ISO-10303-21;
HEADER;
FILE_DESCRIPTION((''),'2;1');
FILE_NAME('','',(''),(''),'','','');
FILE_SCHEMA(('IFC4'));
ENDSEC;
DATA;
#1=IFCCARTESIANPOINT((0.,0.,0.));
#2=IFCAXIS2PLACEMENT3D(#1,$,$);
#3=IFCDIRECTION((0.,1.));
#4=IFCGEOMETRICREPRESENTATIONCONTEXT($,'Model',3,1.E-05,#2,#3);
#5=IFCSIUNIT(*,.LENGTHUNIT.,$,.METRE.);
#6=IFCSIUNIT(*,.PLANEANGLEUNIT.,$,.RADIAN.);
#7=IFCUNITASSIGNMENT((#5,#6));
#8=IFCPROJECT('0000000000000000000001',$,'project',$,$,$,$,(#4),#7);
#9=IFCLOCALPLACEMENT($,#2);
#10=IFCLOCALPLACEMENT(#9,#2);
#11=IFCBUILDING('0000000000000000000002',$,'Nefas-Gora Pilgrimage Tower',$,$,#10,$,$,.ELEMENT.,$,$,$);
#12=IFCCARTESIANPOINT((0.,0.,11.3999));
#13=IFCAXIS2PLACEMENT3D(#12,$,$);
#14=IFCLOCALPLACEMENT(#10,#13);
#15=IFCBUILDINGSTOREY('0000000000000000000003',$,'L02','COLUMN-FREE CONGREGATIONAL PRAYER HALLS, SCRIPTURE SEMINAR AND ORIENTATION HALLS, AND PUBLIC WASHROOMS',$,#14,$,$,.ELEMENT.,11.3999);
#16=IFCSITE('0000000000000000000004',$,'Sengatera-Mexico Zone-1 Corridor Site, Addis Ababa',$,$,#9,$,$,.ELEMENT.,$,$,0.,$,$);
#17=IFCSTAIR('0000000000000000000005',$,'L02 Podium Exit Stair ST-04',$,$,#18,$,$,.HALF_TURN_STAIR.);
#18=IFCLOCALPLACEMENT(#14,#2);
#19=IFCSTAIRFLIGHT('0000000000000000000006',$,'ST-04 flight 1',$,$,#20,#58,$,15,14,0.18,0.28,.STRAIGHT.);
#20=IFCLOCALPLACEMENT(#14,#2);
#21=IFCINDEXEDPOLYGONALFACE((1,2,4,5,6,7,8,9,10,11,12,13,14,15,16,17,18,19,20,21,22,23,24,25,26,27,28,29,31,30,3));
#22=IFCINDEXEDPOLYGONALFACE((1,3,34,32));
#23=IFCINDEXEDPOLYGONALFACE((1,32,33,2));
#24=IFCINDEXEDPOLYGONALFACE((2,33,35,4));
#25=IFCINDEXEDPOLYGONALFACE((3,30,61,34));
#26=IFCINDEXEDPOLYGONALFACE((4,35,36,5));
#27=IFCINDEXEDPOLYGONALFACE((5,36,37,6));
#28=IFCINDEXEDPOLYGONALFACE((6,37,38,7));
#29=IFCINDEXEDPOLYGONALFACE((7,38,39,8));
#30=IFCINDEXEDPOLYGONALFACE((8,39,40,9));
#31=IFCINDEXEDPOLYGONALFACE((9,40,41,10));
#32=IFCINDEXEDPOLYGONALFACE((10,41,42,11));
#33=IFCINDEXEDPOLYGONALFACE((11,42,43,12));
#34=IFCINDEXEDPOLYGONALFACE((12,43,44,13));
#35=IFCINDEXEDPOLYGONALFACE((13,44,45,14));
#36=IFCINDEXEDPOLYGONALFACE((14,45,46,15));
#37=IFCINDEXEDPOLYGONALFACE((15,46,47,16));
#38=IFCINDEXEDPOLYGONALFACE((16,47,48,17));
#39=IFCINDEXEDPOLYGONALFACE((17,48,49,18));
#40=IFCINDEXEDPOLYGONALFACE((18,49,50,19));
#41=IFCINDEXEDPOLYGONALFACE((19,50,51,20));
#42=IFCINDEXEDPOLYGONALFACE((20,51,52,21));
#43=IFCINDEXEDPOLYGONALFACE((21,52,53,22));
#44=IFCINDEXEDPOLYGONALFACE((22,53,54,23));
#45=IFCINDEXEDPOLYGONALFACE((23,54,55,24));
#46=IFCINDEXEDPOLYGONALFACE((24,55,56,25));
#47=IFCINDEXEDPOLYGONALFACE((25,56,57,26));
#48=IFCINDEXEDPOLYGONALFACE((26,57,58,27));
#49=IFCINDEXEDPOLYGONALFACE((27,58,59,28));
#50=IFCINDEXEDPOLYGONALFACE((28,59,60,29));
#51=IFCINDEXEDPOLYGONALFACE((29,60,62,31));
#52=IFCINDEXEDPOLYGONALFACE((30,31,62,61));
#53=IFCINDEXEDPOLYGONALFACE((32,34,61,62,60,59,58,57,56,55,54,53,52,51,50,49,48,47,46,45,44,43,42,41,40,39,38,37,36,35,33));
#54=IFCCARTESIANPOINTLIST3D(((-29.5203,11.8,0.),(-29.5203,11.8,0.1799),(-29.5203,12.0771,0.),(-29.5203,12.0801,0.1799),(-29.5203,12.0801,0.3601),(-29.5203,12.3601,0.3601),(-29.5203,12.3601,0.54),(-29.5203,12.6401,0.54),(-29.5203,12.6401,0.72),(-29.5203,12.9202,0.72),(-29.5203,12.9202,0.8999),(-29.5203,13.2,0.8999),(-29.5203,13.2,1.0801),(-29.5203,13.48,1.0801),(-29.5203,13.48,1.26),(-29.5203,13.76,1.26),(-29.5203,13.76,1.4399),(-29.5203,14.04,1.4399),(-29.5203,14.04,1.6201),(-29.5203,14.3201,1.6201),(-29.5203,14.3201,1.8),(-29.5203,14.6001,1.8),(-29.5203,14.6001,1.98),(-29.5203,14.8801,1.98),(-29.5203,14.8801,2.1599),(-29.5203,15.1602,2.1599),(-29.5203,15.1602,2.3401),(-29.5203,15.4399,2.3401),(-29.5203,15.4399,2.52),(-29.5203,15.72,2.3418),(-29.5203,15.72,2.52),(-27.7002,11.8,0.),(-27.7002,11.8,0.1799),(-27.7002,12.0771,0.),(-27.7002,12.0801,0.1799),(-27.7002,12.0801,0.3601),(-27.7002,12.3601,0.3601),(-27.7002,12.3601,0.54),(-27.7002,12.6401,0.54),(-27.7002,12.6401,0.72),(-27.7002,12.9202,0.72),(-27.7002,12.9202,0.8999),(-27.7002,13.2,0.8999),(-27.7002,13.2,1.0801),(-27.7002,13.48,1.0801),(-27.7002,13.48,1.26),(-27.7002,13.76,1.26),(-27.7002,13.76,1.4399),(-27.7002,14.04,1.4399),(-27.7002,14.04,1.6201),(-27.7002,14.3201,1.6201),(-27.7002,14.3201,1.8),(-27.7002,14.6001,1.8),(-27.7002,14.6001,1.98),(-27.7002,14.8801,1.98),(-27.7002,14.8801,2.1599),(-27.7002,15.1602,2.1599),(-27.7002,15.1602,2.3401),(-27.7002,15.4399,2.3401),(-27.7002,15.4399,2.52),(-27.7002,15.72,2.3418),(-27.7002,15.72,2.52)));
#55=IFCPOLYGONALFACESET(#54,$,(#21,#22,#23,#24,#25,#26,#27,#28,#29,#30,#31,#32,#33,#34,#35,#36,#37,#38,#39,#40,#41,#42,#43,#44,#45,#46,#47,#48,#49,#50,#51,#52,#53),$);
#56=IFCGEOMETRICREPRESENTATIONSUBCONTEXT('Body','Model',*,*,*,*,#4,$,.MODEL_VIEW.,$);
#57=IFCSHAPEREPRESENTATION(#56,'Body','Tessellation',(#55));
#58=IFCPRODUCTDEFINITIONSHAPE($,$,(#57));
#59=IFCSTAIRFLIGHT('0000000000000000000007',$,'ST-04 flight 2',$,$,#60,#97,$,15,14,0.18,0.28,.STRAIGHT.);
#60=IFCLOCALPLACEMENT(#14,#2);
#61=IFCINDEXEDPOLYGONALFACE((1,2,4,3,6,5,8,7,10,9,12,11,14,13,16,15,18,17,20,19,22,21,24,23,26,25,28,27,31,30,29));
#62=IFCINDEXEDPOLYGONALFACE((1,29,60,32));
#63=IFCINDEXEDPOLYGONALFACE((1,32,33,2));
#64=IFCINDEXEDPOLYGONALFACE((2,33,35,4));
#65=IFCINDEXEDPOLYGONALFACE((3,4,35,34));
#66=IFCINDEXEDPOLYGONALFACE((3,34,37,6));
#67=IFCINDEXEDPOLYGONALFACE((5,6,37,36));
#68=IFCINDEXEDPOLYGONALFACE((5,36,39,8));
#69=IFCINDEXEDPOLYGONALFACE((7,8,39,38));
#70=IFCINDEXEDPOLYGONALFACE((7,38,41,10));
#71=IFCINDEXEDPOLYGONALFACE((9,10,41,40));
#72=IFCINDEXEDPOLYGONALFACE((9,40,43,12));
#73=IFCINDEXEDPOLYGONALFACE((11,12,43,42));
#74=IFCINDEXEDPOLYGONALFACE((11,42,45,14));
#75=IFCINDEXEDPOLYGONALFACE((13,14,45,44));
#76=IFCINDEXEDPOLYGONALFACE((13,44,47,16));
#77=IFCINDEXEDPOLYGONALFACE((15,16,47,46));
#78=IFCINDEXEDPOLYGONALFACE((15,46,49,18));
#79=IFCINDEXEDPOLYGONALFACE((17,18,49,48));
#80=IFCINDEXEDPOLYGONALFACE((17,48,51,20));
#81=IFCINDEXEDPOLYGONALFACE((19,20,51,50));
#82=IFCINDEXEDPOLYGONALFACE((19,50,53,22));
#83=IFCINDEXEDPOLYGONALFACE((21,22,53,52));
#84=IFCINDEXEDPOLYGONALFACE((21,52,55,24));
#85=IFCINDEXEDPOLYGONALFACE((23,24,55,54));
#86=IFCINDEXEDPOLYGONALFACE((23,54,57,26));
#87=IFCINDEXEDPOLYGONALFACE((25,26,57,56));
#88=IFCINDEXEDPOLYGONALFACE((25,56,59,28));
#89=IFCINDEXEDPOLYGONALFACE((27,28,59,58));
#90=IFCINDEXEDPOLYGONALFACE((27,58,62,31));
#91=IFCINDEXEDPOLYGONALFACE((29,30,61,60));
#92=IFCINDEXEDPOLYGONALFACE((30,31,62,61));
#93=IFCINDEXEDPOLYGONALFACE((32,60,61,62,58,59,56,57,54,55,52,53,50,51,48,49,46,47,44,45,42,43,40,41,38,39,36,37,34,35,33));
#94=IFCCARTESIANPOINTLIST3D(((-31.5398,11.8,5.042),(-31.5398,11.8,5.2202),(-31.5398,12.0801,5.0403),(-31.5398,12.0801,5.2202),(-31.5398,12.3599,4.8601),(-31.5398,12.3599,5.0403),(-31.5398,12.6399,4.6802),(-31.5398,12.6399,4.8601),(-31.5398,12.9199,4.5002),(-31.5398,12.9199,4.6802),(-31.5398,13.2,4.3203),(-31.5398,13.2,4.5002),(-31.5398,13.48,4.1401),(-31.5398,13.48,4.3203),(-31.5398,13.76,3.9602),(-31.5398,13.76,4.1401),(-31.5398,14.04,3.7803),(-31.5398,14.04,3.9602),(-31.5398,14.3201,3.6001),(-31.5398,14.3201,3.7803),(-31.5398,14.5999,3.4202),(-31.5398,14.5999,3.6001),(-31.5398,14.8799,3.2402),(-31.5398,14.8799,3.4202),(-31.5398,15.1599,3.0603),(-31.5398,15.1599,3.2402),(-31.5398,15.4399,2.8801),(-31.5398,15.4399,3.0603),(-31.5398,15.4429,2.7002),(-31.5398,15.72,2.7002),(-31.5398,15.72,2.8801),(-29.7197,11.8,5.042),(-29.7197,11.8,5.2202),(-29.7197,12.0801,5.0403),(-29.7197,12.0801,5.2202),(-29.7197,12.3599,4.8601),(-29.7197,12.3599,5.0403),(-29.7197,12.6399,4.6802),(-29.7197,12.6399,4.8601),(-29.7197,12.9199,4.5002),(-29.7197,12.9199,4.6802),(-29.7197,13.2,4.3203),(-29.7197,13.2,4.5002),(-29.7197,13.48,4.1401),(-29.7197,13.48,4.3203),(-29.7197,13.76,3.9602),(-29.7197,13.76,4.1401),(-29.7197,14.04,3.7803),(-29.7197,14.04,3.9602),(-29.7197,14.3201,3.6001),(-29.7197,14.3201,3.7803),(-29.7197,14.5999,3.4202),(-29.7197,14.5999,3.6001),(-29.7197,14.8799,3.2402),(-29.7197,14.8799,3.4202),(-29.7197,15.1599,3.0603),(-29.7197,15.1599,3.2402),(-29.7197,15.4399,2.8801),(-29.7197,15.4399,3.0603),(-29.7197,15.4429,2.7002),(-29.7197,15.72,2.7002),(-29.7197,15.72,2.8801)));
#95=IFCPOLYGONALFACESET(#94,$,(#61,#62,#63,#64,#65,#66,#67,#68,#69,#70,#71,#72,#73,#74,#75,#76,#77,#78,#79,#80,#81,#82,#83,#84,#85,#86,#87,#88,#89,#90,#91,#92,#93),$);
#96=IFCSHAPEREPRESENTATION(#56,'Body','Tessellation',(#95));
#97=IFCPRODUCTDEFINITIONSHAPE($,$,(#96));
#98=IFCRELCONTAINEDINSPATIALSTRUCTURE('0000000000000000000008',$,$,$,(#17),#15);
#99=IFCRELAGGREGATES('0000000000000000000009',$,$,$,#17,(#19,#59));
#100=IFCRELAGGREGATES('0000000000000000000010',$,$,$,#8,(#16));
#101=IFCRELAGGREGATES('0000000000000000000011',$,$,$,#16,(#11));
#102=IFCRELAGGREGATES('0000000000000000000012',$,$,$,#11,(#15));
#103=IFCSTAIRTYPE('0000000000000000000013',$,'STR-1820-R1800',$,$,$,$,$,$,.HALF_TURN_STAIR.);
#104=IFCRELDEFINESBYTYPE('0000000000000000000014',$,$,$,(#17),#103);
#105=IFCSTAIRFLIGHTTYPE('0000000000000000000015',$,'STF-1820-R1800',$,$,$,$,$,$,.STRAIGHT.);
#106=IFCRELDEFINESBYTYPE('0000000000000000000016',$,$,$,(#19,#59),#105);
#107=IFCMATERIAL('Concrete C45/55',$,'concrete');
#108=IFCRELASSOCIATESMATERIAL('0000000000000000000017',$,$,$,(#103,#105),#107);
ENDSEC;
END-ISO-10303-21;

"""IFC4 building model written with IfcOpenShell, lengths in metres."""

from ifc_helpers import new_model, si_unit, direction, frame, origin, place, context, subcontext, project, spatial, polyline, outline, extrude, source, transform, mapped, material, type_object, element, aggregate, save


model = new_model("IFC4")

# Units and contexts
model_context = context("Model", 3, precision=1e-05, world=origin(), true_north=direction((0.0, 1.0)))
body_context = subcontext(model_context, "Body", "Model", "MODEL_VIEW")
ifc_project = project(units=[si_unit("LENGTHUNIT", "METRE"), si_unit("PLANEANGLEUNIT", "RADIAN")], contexts=[model_context])

# Site, building, storey
site_placement = place(None, origin())
site = spatial("IfcSite", under=ifc_project, at=site_placement, Name="Sengatera-Mexico Zone-1 Corridor Site, Addis Ababa", CompositionType="ELEMENT", RefElevation=0.0)
building_placement = place(site_placement, origin())
building = spatial("IfcBuilding", under=site, at=building_placement, Name="Nefas-Gora Pilgrimage Tower", CompositionType="ELEMENT")
storey_placement = place(building_placement, frame((0.0, 0.0, 11.3999)))
storey = spatial("IfcBuildingStorey", under=building, at=storey_placement, Name="L02", Description="COLUMN-FREE CONGREGATIONAL PRAYER HALLS, SCRIPTURE SEMINAR AND ORIENTATION HALLS, AND PUBLIC WASHROOMS", CompositionType="ELEMENT", Elevation=11.3999)

# Shared definitions
ifc_material_1 = material(Name="Concrete C45/55", Category="concrete")

# Stair, stair flights
stair_type = type_object("IfcStairType", Name="STR-1820-R1800", PredefinedType="HALF_TURN_STAIR", material=ifc_material_1)
stair_placement = place(storey_placement, origin())
stair = element("IfcStair", 1, at=stair_placement, inside=storey, type_object=stair_type, Name="L02 Podium Exit Stair ST-04", PredefinedType="HALF_TURN_STAIR")
stair_flight_type = type_object("IfcStairFlightType", Name="STF-1820-R1800", PredefinedType="STRAIGHT", material=ifc_material_1)
shared_shape_1 = source(origin(), body_context, "Body", "SweptSolid", [
    extrude(outline(polyline([(0.0, 0.0), (0.0, 0.1799), (0.28, 0.1799), (0.28, 0.3601), (0.5601, 0.3601), (0.5601, 0.54), (0.8401, 0.54), (0.8401, 0.72), (1.1201, 0.72), (1.1201, 0.8999), (1.3999, 0.8999), (1.3999, 1.0801), (1.6799, 1.0801), (1.6799, 1.26), (1.96, 1.26), (1.96, 1.4399), (2.24, 1.4399), (2.24, 1.6201), (2.52, 1.6201), (2.52, 1.8), (2.8, 1.8), (2.8, 1.98), (3.0801, 1.98), (3.0801, 2.1599), (3.3601, 2.1599), (3.3601, 2.3401), (3.6399, 2.3401), (3.6399, 2.52), (3.9199, 2.52), (3.9199, 2.7), (3.9199, 2.3418), (0.2771, 0.0), (0.0, 0.0)])), frame((0.0, 0.9102, 0.0), z_axis=(0.0, -1.0, 0.0), x_axis=(1.0, 0.0, 0.0)), (0.0, 0.0, 1.0), 1.8201),
])
stair_flight_1_placement = place(storey_placement, frame((-28.6101, 11.8, 0.0), z_axis=(0.0, 0.0, 1.0), x_axis=(0.0, 1.0, 0.0)))
stair_flight_1 = element("IfcStairFlight", 2, at=stair_flight_1_placement, type_object=stair_flight_type, Name="ST-04 flight 1", NumberOfRisers=15, NumberOfTreads=14, PredefinedType="STRAIGHT", RiserHeight=0.18, TreadLength=0.28, context=body_context, shape_type="MappedRepresentation", body=[
    mapped(shared_shape_1, transform((0.0, 0.0, 0.0), x_axis=(1.0, 0.0, 0.0), y_axis=(0.0, 1.0, 0.0), z_axis=(0.0, 0.0, 1.0), scale=1.0)),
])
stair_flight_2_placement = place(storey_placement, frame((-30.6299, 15.72, 2.7002), z_axis=(0.0, 0.0, 1.0), x_axis=(0.0, -1.0, 0.0)))
stair_flight_2 = element("IfcStairFlight", 3, at=stair_flight_2_placement, type_object=stair_flight_type, Name="ST-04 flight 2", NumberOfRisers=15, NumberOfTreads=14, PredefinedType="STRAIGHT", RiserHeight=0.18, TreadLength=0.28, context=body_context, shape_type="MappedRepresentation", body=[
    mapped(shared_shape_1, transform((0.0, 0.0, 0.0), x_axis=(1.0, 0.0, 0.0), y_axis=(0.0, 1.0, 0.0), z_axis=(0.0, 0.0, 1.0), scale=1.0)),
])
aggregate(stair, [stair_flight_1, stair_flight_2])

save(model, "model.ifc")
